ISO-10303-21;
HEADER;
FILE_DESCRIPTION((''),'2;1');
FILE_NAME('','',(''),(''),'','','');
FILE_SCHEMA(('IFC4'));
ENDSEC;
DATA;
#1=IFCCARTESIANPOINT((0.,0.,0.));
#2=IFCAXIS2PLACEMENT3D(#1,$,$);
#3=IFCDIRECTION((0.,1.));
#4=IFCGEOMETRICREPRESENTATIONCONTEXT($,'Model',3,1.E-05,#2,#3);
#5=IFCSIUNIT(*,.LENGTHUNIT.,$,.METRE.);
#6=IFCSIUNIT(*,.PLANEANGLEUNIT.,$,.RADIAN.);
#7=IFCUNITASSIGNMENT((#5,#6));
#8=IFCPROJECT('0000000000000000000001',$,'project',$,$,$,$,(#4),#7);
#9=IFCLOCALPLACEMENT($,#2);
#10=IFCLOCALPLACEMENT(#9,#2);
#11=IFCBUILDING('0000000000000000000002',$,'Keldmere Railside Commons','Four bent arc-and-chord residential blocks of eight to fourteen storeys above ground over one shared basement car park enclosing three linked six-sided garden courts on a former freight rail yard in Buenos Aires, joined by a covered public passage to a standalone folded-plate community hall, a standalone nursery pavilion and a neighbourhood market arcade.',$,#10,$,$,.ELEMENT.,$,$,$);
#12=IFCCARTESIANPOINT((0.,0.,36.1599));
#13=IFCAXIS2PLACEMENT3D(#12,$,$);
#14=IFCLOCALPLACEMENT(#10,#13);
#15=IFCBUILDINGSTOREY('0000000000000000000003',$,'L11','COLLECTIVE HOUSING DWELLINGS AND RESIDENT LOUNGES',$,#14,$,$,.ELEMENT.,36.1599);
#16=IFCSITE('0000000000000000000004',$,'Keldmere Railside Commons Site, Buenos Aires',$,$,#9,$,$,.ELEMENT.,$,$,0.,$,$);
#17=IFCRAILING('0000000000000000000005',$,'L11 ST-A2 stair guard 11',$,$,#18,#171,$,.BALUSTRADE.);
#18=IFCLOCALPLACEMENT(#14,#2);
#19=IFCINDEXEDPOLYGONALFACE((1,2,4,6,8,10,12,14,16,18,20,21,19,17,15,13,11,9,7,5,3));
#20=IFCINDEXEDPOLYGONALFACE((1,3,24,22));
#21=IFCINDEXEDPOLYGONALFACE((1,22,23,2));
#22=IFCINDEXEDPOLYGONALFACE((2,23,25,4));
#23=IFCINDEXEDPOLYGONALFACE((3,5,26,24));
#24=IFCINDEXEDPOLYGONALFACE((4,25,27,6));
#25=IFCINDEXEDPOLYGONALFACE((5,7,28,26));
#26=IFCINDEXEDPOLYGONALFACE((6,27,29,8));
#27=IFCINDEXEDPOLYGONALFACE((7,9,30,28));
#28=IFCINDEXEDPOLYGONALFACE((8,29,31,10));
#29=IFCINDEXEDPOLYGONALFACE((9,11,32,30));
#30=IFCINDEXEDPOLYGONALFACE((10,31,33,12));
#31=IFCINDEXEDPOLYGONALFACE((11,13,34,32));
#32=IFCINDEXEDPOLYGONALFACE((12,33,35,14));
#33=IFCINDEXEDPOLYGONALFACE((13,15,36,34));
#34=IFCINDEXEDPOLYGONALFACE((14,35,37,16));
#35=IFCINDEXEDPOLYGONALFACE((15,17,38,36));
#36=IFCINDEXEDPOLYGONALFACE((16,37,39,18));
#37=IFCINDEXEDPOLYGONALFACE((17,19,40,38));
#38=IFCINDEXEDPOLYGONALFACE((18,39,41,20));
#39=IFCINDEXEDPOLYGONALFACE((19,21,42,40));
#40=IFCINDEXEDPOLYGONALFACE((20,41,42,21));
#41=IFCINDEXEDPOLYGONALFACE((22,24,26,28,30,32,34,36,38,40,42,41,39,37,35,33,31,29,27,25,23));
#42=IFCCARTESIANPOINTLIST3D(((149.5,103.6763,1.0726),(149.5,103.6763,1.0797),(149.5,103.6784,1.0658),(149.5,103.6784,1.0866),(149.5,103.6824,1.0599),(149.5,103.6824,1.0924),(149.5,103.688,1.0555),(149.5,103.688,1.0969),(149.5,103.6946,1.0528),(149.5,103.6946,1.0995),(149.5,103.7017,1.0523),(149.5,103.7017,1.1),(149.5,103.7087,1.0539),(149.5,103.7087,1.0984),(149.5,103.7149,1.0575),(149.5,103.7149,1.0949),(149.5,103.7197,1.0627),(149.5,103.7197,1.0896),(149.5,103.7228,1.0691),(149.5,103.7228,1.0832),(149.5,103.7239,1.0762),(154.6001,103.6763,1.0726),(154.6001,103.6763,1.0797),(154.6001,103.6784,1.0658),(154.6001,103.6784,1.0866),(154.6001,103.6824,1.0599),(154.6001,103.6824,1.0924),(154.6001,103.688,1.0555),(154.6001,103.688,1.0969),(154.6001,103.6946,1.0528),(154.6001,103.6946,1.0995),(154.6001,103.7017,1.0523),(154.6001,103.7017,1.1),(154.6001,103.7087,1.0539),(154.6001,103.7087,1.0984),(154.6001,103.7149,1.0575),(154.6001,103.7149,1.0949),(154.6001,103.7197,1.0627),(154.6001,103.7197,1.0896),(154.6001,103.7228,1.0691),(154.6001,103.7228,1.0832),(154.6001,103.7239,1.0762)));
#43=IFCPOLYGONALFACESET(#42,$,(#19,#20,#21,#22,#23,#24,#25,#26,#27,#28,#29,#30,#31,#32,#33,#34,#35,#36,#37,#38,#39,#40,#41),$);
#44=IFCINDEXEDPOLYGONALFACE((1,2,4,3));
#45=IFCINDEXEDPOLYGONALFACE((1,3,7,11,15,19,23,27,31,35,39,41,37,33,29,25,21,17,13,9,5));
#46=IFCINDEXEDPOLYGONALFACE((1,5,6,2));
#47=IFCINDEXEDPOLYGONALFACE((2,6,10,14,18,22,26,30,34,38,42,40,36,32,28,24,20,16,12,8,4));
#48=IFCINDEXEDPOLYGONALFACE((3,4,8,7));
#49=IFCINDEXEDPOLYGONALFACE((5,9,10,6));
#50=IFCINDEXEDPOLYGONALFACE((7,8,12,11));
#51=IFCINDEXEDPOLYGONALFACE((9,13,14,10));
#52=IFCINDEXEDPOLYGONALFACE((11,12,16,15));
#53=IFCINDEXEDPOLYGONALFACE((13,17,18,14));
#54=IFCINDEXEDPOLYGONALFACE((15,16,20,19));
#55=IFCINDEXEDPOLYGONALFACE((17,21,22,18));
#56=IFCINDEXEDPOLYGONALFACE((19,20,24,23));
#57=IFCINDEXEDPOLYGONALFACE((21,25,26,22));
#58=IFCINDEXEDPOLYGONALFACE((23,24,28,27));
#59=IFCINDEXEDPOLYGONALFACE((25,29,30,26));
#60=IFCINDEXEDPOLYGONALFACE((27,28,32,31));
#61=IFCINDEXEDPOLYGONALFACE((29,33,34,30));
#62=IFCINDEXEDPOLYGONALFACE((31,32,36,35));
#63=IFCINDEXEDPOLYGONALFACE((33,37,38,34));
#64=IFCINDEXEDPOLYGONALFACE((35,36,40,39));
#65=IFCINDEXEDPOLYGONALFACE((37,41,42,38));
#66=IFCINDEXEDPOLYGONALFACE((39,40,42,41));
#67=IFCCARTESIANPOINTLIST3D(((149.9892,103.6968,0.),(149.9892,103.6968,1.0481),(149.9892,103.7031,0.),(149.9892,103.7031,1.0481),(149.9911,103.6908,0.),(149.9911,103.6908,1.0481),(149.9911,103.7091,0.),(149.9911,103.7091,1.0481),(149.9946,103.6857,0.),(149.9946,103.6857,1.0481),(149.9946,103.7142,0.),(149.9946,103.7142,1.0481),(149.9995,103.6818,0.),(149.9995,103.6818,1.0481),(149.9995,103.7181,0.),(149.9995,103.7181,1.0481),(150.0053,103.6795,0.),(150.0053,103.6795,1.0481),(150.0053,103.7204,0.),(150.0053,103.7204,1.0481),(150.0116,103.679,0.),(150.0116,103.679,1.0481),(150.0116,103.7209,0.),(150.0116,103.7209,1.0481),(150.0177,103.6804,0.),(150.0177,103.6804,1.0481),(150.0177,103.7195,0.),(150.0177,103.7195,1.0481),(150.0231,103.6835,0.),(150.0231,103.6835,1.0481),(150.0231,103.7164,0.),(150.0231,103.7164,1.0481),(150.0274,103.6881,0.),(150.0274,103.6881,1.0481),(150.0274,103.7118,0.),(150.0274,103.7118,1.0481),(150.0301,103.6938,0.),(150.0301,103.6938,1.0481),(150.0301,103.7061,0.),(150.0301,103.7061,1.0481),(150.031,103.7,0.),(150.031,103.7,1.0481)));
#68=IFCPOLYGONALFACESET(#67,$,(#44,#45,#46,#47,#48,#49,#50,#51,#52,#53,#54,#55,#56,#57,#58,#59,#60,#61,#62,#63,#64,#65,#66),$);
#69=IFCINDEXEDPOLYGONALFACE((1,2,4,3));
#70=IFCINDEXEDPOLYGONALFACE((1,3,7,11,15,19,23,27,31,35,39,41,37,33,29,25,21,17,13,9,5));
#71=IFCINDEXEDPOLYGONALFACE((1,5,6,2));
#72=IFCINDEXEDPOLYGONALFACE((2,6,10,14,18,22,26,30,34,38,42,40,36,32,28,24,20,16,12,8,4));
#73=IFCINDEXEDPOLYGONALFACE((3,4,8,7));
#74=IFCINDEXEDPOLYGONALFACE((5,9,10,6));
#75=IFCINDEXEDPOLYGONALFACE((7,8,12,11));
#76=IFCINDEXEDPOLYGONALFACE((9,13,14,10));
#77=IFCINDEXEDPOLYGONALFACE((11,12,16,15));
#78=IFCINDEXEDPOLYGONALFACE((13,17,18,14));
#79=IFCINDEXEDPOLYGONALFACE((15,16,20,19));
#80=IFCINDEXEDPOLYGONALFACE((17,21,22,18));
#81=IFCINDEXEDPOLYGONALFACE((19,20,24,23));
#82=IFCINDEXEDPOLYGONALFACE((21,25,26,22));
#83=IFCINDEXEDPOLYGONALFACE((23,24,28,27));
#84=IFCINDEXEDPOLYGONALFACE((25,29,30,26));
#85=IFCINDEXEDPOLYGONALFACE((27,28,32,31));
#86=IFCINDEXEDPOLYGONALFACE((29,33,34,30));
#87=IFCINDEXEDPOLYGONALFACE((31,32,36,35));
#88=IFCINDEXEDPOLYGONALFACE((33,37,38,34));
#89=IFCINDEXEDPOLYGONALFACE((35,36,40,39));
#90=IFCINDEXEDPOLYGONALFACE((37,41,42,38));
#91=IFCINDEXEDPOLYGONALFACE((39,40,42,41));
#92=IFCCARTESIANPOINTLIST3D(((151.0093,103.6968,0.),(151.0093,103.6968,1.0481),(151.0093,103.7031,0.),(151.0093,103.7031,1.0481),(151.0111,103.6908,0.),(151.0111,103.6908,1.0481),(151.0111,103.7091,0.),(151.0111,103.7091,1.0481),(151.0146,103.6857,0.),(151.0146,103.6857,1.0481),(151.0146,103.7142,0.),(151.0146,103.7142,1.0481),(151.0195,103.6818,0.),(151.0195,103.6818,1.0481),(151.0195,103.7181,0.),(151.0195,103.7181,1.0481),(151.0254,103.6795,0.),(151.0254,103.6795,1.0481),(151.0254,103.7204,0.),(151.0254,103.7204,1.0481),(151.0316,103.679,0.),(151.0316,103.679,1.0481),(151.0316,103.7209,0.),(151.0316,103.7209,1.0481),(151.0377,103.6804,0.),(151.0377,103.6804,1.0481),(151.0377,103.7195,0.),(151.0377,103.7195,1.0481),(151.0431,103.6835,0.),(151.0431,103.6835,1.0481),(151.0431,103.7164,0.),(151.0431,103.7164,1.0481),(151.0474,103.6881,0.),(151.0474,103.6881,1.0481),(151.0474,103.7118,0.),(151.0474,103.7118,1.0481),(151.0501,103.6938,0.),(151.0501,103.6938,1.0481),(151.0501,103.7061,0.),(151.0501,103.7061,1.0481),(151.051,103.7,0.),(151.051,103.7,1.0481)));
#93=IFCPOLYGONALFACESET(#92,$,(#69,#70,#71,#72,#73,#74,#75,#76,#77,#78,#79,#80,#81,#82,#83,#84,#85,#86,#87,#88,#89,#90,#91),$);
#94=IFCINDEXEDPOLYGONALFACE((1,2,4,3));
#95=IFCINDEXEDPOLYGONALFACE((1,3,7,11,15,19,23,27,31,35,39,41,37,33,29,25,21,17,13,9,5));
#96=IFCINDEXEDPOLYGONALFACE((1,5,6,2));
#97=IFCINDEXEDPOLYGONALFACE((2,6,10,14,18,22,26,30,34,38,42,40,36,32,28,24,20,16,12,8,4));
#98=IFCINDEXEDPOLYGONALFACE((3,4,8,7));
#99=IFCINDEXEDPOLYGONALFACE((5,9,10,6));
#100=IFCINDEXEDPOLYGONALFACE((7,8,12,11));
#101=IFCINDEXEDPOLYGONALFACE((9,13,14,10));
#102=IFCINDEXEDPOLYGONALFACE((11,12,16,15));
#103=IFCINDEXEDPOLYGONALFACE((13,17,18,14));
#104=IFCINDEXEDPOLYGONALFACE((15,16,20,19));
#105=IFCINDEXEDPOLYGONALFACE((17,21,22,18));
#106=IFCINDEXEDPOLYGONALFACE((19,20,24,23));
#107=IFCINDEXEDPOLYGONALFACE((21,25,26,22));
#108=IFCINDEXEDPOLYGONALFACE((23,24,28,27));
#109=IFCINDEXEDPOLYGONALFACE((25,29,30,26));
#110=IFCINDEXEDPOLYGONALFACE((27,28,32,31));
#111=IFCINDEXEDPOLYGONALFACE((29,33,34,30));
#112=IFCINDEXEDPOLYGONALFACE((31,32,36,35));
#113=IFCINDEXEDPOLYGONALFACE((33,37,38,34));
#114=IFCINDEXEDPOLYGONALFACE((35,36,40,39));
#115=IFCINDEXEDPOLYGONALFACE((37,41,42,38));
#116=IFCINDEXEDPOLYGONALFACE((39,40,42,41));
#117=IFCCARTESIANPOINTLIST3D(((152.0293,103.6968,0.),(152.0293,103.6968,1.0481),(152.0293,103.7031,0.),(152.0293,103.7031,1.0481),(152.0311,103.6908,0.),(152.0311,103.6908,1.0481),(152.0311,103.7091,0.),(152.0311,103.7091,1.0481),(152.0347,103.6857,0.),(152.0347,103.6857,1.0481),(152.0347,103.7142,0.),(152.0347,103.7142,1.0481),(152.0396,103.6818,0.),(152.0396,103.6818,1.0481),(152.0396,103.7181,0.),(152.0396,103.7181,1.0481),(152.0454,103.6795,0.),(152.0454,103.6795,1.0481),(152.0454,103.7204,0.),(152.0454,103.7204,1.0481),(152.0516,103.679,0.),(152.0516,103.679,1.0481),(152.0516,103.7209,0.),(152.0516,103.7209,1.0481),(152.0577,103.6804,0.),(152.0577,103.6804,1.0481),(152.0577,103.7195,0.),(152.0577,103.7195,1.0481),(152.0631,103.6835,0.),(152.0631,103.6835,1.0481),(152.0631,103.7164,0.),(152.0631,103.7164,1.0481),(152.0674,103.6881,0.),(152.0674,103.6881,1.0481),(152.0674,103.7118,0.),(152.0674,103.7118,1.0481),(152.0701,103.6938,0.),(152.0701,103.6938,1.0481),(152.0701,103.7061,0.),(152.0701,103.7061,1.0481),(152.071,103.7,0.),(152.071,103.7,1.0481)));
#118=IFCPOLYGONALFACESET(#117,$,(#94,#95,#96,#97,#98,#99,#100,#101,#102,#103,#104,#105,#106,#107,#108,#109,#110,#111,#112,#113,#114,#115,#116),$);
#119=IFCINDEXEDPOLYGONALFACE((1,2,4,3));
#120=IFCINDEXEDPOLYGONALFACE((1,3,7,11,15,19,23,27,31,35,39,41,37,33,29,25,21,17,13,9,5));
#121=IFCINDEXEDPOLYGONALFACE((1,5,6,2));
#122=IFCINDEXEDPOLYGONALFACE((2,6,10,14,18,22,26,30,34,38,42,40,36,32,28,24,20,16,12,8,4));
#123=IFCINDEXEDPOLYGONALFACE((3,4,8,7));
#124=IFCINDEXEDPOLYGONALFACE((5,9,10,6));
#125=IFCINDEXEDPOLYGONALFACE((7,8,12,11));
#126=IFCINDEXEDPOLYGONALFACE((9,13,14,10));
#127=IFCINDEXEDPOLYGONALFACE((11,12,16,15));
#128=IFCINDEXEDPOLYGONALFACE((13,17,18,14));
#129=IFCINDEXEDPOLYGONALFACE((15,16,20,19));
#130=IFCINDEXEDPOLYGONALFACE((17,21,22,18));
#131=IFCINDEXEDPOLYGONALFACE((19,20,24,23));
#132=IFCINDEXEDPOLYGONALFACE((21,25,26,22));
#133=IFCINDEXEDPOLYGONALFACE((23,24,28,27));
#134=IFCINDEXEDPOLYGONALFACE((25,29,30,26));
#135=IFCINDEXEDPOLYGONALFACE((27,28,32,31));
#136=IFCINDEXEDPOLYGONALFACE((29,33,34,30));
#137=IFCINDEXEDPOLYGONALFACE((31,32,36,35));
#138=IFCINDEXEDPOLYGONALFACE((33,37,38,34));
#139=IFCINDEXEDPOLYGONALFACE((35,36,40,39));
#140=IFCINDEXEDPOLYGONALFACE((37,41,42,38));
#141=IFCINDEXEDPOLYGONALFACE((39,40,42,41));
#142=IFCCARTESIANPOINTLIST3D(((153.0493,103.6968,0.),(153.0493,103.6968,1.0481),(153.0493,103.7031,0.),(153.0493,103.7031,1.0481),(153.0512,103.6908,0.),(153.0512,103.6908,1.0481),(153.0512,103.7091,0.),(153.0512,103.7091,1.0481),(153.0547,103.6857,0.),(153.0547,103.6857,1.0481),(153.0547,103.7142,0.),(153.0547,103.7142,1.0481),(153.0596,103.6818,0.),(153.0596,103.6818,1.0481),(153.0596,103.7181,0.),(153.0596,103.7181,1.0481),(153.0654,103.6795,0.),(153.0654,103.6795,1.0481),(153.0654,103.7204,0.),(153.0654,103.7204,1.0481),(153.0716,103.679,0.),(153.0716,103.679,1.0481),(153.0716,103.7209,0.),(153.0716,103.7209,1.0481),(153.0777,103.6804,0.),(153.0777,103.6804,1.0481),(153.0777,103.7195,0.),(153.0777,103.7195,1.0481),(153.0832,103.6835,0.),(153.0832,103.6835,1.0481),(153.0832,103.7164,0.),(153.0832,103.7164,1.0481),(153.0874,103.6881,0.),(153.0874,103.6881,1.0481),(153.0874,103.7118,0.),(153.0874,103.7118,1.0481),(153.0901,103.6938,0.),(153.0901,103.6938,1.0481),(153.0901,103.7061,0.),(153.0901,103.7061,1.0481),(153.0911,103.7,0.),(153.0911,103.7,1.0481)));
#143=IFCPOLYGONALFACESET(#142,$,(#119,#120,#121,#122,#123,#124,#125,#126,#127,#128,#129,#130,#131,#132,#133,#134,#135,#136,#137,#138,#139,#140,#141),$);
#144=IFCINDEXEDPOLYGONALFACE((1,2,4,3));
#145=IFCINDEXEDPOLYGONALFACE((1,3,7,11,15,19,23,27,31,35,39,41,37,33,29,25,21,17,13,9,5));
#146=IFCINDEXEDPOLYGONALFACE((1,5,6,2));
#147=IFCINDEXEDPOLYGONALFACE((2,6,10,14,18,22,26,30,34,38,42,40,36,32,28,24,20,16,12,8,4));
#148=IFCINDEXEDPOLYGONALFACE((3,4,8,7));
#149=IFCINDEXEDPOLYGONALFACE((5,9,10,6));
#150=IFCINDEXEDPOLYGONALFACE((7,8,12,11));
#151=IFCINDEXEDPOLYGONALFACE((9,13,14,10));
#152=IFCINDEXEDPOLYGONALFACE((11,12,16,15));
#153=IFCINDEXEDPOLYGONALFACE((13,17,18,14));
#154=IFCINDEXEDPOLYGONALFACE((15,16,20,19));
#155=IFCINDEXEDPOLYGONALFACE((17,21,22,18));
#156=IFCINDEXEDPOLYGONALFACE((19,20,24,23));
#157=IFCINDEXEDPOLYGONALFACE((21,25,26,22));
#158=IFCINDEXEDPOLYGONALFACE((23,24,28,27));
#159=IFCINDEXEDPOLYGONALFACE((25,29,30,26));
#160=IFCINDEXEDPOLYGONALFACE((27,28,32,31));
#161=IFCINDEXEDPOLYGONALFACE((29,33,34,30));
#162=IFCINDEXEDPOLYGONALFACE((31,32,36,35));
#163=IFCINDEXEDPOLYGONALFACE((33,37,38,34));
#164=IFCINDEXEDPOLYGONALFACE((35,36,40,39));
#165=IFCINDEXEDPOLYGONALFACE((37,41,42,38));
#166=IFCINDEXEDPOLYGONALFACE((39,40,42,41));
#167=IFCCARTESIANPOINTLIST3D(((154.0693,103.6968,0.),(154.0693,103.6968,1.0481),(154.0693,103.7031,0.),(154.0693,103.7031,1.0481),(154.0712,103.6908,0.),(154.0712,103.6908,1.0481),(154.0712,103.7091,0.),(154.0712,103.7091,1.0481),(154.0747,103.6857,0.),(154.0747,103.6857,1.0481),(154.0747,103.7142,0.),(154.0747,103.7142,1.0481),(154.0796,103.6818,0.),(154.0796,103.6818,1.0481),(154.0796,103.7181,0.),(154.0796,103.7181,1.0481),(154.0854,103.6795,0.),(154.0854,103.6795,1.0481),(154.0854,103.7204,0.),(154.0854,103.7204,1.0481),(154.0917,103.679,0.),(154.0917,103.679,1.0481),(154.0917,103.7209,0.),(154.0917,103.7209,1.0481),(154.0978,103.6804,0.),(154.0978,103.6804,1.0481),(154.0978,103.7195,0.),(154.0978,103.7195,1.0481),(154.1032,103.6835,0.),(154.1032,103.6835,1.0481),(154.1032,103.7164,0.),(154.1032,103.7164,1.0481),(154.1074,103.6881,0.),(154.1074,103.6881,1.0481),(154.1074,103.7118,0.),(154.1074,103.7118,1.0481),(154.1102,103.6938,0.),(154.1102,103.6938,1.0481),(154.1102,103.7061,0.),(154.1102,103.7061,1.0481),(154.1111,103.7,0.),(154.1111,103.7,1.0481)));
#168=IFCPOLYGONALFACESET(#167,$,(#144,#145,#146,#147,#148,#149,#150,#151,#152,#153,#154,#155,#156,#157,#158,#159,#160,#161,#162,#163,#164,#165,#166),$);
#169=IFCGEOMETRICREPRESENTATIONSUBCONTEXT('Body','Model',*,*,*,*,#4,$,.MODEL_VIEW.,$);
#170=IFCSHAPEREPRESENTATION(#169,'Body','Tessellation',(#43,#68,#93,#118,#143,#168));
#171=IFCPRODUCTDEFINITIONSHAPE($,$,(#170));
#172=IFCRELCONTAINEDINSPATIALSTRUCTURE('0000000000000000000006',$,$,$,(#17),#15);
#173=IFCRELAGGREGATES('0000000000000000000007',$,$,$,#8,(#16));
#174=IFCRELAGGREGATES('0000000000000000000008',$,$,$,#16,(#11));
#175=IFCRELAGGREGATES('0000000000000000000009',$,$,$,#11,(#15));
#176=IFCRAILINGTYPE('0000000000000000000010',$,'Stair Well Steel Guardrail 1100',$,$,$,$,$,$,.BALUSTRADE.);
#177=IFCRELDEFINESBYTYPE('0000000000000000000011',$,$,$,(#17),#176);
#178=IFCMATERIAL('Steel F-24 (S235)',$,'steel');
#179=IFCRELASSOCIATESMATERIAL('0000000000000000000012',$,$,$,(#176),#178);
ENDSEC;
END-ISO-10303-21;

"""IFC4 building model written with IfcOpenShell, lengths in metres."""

from ifc_helpers import new_model, si_unit, direction, frame, origin, origin_2d, place, context, subcontext, project, spatial, circle, extrude, material, type_object, element, save


model = new_model("IFC4")

# Units and contexts
model_context = context("Model", 3, precision=1e-05, world=origin(), true_north=direction((0.0, 1.0)))
body_context = subcontext(model_context, "Body", "Model", "MODEL_VIEW")
ifc_project = project(units=[si_unit("LENGTHUNIT", "METRE"), si_unit("PLANEANGLEUNIT", "RADIAN")], contexts=[model_context])

# Site, building, storey
site_placement = place(None, origin())
site = spatial("IfcSite", under=ifc_project, at=site_placement, Name="Keldmere Railside Commons Site, Buenos Aires", CompositionType="ELEMENT", RefElevation=0.0)
building_placement = place(site_placement, origin())
building = spatial("IfcBuilding", under=site, at=building_placement, Name="Keldmere Railside Commons", Description="Four bent arc-and-chord residential blocks of eight to fourteen storeys above ground over one shared basement car park enclosing three linked six-sided garden courts on a former freight rail yard in Buenos Aires, joined by a covered public passage to a standalone folded-plate community hall, a standalone nursery pavilion and a neighbourhood market arcade.", CompositionType="ELEMENT")
storey_placement = place(building_placement, frame((0.0, 0.0, 36.1599)))
storey = spatial("IfcBuildingStorey", under=building, at=storey_placement, Name="L11", Description="COLLECTIVE HOUSING DWELLINGS AND RESIDENT LOUNGES", CompositionType="ELEMENT", Elevation=36.1599)

# Shared definitions
ifc_material_1 = material(Name="Steel F-24 (S235)", Category="steel")

# Railing
railing_type = type_object("IfcRailingType", Name="Stair Well Steel Guardrail 1100", PredefinedType="BALUSTRADE", material=ifc_material_1)
railing_placement = place(storey_placement, frame((149.5, 103.7, 0.0)))
element("IfcRailing", 1, at=railing_placement, inside=storey, type_object=railing_type, Name="L11 ST-A2 stair guard 11", PredefinedType="BALUSTRADE", context=body_context, shape_type="SweptSolid", body=[
    extrude(circle(Radius=0.0239, at=origin_2d()), frame((0.0, 0.0, 1.0762), z_axis=(1.0, 0.0, 0.0), x_axis=(0.0, 1.0, 0.0)), (0.0, 0.0, 1.0), 5.1001),
    extrude(circle(Radius=0.021, at=origin_2d()), frame((0.51, 0.0, 0.0)), (0.0, 0.0, 1.0), 1.0481),
    extrude(circle(Radius=0.021, at=origin_2d()), frame((1.53, 0.0, 0.0)), (0.0, 0.0, 1.0), 1.0481),
    extrude(circle(Radius=0.021, at=origin_2d()), frame((2.55, 0.0, 0.0)), (0.0, 0.0, 1.0), 1.0481),
    extrude(circle(Radius=0.021, at=origin_2d()), frame((3.5701, 0.0, 0.0)), (0.0, 0.0, 1.0), 1.0481),
    extrude(circle(Radius=0.021, at=origin_2d()), frame((4.5901, 0.0, 0.0)), (0.0, 0.0, 1.0), 1.0481),
])

save(model, "model.ifc")
